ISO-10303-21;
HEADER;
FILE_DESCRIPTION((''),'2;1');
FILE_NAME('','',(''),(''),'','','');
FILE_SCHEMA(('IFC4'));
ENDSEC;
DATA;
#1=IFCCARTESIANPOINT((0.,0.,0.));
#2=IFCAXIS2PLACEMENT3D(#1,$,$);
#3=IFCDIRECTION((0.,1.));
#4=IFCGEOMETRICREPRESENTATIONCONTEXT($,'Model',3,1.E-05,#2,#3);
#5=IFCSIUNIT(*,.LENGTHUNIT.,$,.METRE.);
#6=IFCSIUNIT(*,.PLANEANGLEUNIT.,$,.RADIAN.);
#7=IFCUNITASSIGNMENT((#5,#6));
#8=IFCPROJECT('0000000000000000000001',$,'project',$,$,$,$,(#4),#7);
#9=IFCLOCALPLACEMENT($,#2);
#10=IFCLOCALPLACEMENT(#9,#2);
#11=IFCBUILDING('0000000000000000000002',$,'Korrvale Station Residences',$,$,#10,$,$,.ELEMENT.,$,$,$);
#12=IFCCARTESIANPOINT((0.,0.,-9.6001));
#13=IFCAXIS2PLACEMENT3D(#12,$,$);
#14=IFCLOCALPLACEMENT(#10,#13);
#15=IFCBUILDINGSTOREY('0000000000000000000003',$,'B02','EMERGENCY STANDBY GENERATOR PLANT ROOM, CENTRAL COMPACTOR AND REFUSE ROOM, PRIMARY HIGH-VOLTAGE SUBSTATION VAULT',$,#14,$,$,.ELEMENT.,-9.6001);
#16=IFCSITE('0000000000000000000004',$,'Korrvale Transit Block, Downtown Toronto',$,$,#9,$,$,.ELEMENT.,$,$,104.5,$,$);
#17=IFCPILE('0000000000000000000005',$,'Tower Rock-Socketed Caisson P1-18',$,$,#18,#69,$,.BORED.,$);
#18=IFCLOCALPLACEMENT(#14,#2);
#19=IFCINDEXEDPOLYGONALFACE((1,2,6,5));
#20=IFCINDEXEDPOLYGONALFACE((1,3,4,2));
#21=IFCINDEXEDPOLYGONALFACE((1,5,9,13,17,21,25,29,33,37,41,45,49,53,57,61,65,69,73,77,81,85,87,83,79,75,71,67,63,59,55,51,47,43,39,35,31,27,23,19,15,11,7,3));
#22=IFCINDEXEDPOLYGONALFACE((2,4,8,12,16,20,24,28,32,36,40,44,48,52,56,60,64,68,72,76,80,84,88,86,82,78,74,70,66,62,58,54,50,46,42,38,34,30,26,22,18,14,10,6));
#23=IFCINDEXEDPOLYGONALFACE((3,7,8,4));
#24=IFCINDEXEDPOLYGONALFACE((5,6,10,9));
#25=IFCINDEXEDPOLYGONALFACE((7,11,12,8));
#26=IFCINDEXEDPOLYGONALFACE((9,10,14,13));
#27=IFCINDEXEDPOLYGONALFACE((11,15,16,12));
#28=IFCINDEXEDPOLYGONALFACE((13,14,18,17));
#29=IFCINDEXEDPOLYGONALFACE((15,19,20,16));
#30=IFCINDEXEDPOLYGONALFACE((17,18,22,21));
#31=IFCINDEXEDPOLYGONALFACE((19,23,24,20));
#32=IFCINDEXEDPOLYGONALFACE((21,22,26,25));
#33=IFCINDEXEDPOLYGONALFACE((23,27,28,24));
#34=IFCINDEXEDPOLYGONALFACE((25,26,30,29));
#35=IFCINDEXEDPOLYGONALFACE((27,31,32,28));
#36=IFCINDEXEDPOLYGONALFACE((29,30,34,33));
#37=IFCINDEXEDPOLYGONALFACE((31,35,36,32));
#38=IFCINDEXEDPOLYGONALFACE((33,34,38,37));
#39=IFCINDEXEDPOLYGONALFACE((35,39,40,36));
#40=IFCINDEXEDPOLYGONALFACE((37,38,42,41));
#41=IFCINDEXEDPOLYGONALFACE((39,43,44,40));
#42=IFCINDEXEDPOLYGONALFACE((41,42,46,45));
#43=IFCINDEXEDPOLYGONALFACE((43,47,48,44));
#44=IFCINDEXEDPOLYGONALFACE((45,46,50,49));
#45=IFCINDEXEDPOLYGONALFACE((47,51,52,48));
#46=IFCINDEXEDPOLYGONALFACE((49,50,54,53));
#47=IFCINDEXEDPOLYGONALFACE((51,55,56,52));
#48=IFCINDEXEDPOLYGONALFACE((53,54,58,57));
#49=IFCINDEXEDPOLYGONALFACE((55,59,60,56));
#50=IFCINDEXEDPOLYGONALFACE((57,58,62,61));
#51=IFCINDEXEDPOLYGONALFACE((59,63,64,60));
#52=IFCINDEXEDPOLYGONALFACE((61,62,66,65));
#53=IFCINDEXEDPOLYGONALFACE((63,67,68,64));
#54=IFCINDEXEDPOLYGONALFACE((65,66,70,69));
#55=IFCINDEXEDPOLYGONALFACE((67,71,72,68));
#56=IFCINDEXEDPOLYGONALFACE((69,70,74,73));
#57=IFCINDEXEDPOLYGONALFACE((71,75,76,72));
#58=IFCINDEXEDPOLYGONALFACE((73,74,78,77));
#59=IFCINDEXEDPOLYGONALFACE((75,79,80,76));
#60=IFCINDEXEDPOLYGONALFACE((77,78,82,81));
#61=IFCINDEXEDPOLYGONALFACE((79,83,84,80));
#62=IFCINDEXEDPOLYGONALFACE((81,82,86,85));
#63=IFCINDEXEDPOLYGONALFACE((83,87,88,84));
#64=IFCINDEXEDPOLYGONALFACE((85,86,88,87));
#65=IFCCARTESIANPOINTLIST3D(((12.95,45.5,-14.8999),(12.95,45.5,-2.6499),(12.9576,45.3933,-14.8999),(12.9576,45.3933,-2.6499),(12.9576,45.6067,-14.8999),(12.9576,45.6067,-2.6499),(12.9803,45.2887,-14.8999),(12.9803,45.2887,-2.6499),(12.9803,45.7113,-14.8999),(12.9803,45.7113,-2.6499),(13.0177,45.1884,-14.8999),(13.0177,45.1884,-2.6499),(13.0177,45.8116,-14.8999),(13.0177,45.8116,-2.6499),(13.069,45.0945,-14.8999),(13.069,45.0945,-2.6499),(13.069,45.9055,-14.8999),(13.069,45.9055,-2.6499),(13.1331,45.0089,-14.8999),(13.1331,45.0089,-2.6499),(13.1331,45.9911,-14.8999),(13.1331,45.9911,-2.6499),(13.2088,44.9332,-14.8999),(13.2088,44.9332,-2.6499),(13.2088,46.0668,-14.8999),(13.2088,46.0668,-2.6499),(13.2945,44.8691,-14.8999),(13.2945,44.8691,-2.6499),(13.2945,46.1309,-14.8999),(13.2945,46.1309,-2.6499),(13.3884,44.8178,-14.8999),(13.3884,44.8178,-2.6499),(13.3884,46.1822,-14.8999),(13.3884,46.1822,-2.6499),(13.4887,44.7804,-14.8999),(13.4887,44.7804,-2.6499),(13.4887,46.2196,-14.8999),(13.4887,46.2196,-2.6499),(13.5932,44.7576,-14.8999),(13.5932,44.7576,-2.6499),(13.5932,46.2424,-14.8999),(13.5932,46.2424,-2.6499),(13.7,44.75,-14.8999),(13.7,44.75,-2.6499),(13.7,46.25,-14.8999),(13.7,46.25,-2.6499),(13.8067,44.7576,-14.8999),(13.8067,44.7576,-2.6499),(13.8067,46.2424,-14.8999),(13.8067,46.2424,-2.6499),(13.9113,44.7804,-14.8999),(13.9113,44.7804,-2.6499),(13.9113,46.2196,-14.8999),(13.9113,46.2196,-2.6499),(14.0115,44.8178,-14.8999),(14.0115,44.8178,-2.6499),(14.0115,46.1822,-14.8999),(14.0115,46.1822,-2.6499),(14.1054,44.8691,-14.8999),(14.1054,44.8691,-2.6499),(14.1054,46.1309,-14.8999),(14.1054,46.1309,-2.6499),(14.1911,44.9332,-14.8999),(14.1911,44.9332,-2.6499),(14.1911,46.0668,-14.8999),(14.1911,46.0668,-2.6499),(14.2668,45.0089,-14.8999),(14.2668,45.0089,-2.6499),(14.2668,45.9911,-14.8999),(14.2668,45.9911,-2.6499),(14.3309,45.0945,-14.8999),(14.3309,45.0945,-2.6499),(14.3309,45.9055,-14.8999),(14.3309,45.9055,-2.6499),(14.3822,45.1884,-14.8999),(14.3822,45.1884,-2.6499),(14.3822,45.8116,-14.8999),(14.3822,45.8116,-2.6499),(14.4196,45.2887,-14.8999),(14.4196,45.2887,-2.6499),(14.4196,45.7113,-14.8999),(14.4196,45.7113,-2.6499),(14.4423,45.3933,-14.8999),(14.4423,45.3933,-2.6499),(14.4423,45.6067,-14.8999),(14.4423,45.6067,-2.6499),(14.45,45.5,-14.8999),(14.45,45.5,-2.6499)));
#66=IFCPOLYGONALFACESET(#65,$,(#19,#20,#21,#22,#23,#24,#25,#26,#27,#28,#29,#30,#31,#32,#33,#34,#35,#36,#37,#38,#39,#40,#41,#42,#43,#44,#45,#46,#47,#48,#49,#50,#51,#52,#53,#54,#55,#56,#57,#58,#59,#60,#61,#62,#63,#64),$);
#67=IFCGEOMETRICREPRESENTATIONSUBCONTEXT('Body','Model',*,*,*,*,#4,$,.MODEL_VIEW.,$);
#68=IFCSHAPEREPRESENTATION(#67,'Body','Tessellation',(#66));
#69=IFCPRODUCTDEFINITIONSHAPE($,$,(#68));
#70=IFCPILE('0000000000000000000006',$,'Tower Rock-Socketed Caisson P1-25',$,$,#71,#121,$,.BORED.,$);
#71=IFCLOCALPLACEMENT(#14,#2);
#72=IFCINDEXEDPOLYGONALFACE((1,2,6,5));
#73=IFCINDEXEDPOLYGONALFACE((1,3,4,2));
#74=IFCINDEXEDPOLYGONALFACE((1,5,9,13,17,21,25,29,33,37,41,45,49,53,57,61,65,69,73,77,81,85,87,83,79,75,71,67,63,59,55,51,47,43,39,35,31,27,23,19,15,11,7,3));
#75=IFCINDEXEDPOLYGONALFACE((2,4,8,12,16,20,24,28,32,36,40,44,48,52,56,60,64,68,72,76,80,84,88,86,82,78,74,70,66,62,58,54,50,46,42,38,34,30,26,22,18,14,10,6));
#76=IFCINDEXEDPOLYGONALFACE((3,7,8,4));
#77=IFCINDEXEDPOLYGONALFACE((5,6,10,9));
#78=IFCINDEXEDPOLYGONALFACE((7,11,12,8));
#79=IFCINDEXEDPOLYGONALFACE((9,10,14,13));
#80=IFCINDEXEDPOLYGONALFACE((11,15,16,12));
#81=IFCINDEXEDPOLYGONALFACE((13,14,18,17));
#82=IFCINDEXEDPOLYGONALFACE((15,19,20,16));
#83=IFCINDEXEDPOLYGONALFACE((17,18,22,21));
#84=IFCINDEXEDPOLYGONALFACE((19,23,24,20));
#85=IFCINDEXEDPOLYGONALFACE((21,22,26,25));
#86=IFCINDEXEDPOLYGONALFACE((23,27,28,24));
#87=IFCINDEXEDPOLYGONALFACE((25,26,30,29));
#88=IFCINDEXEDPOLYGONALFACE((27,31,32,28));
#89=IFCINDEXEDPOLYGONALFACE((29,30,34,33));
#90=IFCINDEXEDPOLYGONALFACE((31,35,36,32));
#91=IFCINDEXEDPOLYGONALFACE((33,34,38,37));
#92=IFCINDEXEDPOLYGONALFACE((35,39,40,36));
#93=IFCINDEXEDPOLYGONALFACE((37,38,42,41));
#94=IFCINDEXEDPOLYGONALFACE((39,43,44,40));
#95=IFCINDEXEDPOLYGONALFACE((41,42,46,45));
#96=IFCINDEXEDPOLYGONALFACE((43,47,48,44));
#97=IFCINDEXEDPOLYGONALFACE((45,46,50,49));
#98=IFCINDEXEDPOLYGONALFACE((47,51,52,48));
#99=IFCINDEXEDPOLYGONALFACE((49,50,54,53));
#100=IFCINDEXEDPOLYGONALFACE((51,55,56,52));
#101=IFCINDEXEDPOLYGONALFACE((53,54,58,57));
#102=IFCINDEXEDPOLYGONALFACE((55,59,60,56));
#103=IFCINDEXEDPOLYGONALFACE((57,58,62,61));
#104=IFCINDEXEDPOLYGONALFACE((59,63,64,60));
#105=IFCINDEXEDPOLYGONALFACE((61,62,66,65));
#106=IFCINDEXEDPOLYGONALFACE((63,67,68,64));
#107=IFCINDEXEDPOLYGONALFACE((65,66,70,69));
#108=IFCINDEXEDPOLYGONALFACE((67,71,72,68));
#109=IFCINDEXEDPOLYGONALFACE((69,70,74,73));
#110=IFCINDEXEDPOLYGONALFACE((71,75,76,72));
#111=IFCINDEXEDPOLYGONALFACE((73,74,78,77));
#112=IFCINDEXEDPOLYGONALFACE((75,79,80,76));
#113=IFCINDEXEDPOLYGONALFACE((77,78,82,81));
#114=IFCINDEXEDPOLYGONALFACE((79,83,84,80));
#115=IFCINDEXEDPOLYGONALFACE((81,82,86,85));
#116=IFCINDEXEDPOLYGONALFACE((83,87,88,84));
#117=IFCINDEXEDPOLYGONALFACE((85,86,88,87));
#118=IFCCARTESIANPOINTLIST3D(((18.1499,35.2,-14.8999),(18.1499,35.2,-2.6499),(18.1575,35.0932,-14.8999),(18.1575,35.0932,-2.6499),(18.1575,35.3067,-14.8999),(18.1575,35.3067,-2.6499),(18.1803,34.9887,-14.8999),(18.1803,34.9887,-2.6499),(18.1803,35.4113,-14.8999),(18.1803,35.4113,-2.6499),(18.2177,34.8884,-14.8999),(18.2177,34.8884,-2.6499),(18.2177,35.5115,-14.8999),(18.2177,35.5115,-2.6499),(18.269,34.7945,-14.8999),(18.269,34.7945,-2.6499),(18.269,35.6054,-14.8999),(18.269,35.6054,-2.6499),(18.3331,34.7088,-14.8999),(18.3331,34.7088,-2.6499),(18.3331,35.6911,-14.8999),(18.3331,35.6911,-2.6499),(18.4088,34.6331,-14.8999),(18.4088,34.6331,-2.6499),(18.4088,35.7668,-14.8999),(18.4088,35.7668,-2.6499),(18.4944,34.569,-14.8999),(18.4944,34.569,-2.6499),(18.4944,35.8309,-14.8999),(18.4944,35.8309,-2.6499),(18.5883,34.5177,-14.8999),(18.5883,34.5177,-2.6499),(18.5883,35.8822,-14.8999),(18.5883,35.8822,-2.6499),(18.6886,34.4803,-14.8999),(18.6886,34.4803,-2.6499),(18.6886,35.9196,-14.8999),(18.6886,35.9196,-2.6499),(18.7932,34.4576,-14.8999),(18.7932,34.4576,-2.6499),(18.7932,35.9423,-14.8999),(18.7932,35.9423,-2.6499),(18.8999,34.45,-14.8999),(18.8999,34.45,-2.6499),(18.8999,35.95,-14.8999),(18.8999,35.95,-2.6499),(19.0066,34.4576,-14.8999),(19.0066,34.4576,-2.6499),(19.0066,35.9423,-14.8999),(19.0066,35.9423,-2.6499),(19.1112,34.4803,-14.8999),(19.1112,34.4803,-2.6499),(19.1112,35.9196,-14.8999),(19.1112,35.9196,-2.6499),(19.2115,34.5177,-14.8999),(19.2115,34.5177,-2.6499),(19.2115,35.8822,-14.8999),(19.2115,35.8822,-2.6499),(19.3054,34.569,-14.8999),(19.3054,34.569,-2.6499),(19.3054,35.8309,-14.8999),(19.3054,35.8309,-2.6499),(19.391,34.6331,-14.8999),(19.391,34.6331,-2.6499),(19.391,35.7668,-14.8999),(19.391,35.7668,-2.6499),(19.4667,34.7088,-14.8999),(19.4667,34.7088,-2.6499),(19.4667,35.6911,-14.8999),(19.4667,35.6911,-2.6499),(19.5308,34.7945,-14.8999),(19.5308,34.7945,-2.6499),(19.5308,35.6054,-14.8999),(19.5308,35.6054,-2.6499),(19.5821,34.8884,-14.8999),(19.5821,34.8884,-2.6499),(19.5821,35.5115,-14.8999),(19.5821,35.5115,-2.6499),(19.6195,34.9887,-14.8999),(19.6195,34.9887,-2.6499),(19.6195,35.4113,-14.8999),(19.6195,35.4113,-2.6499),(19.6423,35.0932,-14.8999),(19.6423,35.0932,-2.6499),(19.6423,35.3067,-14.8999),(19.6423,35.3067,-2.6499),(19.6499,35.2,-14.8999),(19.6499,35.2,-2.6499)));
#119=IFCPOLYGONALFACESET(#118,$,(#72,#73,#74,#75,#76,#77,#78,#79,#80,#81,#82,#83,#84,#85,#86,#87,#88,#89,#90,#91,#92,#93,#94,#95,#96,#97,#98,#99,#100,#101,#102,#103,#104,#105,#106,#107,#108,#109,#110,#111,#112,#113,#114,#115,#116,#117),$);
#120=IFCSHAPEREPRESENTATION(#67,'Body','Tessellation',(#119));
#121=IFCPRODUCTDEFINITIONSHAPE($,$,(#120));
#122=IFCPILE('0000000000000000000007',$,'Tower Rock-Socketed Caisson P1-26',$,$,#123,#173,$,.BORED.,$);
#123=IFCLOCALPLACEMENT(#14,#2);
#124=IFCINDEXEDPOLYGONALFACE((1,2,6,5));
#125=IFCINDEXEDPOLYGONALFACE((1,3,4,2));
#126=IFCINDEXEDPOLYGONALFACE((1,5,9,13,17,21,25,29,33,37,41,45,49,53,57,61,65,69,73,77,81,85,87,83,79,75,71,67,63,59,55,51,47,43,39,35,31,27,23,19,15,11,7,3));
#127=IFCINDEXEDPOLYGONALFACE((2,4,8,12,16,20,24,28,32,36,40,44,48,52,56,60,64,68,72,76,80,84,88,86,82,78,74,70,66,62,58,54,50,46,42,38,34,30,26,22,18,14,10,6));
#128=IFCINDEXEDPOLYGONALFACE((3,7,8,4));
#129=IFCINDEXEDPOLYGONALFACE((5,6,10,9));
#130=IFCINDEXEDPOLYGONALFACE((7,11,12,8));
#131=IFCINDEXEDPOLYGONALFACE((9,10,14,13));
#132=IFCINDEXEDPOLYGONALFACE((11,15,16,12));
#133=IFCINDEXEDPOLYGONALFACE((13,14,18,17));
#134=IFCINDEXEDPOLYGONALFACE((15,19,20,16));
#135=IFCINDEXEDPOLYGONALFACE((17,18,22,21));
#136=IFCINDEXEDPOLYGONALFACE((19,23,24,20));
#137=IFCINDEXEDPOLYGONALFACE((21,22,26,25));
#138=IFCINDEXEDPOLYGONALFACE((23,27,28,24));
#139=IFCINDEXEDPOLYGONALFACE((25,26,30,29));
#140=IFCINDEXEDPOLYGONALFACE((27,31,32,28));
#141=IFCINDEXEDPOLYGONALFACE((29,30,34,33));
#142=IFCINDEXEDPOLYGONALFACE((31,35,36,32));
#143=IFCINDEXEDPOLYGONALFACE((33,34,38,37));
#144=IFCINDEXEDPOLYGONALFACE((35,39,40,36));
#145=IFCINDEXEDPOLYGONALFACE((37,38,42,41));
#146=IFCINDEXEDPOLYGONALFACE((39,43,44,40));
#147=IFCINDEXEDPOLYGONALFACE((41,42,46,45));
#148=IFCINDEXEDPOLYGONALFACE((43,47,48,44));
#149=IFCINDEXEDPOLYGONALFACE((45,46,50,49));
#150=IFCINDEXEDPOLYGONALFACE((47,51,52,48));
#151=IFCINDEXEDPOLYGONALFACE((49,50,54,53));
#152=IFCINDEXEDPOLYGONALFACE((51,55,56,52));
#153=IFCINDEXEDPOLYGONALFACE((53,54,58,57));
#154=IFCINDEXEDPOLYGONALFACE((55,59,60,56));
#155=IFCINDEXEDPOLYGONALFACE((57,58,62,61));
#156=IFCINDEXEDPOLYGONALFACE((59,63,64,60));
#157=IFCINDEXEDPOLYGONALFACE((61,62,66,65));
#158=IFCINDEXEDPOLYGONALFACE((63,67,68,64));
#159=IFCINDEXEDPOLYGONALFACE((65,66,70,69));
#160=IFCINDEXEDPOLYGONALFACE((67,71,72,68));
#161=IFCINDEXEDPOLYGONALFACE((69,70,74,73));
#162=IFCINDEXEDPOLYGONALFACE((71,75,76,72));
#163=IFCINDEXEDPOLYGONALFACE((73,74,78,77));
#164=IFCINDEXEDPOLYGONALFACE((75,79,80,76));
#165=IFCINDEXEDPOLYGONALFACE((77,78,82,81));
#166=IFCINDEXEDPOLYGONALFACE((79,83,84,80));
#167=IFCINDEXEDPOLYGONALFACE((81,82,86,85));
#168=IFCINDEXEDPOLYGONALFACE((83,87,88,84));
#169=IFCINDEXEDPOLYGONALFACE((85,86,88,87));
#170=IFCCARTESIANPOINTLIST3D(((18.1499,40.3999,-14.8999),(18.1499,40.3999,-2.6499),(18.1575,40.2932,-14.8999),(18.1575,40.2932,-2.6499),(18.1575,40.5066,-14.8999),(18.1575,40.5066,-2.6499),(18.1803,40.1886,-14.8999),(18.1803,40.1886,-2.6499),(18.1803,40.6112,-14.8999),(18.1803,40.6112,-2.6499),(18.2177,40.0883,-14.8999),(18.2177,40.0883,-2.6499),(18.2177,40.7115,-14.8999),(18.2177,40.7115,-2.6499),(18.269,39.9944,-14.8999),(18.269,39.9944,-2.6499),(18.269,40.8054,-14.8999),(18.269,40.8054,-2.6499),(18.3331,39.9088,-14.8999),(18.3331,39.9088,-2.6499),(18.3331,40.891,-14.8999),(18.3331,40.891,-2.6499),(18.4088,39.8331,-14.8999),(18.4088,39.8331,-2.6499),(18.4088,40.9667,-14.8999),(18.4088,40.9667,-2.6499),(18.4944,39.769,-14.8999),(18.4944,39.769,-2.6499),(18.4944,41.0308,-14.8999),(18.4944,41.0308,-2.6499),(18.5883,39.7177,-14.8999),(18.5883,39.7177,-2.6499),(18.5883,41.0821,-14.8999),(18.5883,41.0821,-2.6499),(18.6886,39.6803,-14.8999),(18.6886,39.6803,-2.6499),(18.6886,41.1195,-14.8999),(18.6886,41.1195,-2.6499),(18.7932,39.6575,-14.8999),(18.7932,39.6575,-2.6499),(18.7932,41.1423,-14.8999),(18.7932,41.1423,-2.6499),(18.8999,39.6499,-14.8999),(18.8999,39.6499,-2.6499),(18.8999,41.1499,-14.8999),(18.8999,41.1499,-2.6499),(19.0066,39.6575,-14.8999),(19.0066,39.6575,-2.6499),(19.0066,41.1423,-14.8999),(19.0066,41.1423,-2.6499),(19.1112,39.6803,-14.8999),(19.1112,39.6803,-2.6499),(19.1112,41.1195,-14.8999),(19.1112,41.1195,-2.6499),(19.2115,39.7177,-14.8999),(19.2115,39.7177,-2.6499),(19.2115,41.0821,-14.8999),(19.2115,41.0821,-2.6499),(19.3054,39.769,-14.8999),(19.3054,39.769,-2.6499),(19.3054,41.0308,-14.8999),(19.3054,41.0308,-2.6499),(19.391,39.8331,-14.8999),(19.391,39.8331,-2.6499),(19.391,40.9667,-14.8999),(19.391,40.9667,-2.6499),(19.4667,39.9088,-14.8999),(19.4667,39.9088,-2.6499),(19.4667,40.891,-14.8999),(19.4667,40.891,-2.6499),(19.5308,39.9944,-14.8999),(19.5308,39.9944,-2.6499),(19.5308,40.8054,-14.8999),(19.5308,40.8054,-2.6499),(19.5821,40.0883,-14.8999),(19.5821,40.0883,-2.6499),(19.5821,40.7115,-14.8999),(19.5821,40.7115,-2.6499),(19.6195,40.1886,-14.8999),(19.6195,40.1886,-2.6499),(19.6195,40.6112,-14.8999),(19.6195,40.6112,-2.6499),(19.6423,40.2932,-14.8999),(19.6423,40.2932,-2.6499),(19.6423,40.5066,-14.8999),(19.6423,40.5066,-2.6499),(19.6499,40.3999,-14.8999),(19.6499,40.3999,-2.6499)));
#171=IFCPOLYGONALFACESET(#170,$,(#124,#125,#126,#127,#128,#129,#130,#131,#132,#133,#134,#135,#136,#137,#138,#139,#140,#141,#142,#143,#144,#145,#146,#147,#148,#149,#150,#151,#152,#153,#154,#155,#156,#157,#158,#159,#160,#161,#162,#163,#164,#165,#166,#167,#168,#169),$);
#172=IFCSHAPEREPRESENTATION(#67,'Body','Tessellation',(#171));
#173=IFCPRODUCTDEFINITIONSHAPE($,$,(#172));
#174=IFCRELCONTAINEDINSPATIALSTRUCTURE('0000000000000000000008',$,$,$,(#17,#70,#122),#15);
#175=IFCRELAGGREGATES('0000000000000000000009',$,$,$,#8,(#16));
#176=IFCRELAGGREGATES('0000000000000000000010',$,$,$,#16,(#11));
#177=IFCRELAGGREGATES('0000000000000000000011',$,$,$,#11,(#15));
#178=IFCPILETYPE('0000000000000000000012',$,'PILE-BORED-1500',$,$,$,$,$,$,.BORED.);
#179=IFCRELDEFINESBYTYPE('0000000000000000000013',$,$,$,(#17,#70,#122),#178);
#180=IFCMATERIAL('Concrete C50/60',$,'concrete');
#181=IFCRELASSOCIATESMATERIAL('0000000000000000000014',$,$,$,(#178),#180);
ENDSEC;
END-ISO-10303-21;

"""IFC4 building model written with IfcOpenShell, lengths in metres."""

from ifc_helpers import new_model, si_unit, direction, frame, origin, origin_2d, place, context, subcontext, project, spatial, circle, extrude, material, material_profile, profile_set, type_object, element, save


model = new_model("IFC4")

# Units and contexts
model_context = context("Model", 3, precision=1e-05, world=origin(), true_north=direction((0.0, 1.0)))
body_context = subcontext(model_context, "Body", "Model", "MODEL_VIEW")
ifc_project = project(units=[si_unit("LENGTHUNIT", "METRE"), si_unit("PLANEANGLEUNIT", "RADIAN")], contexts=[model_context])

# Site, building, storey
site_placement = place(None, origin())
site = spatial("IfcSite", under=ifc_project, at=site_placement, Name="Korrvale Transit Block, Downtown Toronto", CompositionType="ELEMENT", RefElevation=104.5)
building_placement = place(site_placement, origin())
building = spatial("IfcBuilding", under=site, at=building_placement, Name="Korrvale Station Residences", CompositionType="ELEMENT")
storey_placement = place(building_placement, frame((0.0, 0.0, -9.6001)))
storey = spatial("IfcBuildingStorey", under=building, at=storey_placement, Name="B02", Description="EMERGENCY STANDBY GENERATOR PLANT ROOM, CENTRAL COMPACTOR AND REFUSE ROOM, PRIMARY HIGH-VOLTAGE SUBSTATION VAULT", CompositionType="ELEMENT", Elevation=-9.6001)

# Piles
ifc_material_1 = material(Name="Concrete C50/60", Category="concrete")
ifc_material_profile_1 = material_profile(ifc_material_1, circle(Radius=0.75, at=origin_2d()), Name="PILE1500")
ifc_profile_set_1 = profile_set([ifc_material_profile_1], Name="Concrete C50/60")
pile_type_1 = type_object("IfcPileType", Name="PILE-BORED-1500", PredefinedType="BORED", material=ifc_profile_set_1)
for number, where, z_axis, x_axis, name in (
    (1, (13.7, 45.5, -2.6499), (0.0, 0.0, -1.0), (1.0, 0.0, 0.0), "Tower Rock-Socketed Caisson P1-18"),
    (2, (18.8999, 35.2, -2.6499), (0.0, 0.0, -1.0), (1.0, 0.0, 0.0), "Tower Rock-Socketed Caisson P1-25"),
    (3, (18.8999, 40.3999, -2.6499), (0.0, 0.0, -1.0), (1.0, 0.0, 0.0), "Tower Rock-Socketed Caisson P1-26"),
):
    element("IfcPile", number, at=place(storey_placement, frame(where, z_axis=z_axis, x_axis=x_axis)), inside=storey, type_object=pile_type_1, Name=name, PredefinedType="BORED", context=body_context, shape_type="SweptSolid", body=[
        extrude(circle(Radius=0.75, at=origin_2d()), origin(), (0.0, 0.0, 1.0), 12.25),
    ])

save(model, "model.ifc")
